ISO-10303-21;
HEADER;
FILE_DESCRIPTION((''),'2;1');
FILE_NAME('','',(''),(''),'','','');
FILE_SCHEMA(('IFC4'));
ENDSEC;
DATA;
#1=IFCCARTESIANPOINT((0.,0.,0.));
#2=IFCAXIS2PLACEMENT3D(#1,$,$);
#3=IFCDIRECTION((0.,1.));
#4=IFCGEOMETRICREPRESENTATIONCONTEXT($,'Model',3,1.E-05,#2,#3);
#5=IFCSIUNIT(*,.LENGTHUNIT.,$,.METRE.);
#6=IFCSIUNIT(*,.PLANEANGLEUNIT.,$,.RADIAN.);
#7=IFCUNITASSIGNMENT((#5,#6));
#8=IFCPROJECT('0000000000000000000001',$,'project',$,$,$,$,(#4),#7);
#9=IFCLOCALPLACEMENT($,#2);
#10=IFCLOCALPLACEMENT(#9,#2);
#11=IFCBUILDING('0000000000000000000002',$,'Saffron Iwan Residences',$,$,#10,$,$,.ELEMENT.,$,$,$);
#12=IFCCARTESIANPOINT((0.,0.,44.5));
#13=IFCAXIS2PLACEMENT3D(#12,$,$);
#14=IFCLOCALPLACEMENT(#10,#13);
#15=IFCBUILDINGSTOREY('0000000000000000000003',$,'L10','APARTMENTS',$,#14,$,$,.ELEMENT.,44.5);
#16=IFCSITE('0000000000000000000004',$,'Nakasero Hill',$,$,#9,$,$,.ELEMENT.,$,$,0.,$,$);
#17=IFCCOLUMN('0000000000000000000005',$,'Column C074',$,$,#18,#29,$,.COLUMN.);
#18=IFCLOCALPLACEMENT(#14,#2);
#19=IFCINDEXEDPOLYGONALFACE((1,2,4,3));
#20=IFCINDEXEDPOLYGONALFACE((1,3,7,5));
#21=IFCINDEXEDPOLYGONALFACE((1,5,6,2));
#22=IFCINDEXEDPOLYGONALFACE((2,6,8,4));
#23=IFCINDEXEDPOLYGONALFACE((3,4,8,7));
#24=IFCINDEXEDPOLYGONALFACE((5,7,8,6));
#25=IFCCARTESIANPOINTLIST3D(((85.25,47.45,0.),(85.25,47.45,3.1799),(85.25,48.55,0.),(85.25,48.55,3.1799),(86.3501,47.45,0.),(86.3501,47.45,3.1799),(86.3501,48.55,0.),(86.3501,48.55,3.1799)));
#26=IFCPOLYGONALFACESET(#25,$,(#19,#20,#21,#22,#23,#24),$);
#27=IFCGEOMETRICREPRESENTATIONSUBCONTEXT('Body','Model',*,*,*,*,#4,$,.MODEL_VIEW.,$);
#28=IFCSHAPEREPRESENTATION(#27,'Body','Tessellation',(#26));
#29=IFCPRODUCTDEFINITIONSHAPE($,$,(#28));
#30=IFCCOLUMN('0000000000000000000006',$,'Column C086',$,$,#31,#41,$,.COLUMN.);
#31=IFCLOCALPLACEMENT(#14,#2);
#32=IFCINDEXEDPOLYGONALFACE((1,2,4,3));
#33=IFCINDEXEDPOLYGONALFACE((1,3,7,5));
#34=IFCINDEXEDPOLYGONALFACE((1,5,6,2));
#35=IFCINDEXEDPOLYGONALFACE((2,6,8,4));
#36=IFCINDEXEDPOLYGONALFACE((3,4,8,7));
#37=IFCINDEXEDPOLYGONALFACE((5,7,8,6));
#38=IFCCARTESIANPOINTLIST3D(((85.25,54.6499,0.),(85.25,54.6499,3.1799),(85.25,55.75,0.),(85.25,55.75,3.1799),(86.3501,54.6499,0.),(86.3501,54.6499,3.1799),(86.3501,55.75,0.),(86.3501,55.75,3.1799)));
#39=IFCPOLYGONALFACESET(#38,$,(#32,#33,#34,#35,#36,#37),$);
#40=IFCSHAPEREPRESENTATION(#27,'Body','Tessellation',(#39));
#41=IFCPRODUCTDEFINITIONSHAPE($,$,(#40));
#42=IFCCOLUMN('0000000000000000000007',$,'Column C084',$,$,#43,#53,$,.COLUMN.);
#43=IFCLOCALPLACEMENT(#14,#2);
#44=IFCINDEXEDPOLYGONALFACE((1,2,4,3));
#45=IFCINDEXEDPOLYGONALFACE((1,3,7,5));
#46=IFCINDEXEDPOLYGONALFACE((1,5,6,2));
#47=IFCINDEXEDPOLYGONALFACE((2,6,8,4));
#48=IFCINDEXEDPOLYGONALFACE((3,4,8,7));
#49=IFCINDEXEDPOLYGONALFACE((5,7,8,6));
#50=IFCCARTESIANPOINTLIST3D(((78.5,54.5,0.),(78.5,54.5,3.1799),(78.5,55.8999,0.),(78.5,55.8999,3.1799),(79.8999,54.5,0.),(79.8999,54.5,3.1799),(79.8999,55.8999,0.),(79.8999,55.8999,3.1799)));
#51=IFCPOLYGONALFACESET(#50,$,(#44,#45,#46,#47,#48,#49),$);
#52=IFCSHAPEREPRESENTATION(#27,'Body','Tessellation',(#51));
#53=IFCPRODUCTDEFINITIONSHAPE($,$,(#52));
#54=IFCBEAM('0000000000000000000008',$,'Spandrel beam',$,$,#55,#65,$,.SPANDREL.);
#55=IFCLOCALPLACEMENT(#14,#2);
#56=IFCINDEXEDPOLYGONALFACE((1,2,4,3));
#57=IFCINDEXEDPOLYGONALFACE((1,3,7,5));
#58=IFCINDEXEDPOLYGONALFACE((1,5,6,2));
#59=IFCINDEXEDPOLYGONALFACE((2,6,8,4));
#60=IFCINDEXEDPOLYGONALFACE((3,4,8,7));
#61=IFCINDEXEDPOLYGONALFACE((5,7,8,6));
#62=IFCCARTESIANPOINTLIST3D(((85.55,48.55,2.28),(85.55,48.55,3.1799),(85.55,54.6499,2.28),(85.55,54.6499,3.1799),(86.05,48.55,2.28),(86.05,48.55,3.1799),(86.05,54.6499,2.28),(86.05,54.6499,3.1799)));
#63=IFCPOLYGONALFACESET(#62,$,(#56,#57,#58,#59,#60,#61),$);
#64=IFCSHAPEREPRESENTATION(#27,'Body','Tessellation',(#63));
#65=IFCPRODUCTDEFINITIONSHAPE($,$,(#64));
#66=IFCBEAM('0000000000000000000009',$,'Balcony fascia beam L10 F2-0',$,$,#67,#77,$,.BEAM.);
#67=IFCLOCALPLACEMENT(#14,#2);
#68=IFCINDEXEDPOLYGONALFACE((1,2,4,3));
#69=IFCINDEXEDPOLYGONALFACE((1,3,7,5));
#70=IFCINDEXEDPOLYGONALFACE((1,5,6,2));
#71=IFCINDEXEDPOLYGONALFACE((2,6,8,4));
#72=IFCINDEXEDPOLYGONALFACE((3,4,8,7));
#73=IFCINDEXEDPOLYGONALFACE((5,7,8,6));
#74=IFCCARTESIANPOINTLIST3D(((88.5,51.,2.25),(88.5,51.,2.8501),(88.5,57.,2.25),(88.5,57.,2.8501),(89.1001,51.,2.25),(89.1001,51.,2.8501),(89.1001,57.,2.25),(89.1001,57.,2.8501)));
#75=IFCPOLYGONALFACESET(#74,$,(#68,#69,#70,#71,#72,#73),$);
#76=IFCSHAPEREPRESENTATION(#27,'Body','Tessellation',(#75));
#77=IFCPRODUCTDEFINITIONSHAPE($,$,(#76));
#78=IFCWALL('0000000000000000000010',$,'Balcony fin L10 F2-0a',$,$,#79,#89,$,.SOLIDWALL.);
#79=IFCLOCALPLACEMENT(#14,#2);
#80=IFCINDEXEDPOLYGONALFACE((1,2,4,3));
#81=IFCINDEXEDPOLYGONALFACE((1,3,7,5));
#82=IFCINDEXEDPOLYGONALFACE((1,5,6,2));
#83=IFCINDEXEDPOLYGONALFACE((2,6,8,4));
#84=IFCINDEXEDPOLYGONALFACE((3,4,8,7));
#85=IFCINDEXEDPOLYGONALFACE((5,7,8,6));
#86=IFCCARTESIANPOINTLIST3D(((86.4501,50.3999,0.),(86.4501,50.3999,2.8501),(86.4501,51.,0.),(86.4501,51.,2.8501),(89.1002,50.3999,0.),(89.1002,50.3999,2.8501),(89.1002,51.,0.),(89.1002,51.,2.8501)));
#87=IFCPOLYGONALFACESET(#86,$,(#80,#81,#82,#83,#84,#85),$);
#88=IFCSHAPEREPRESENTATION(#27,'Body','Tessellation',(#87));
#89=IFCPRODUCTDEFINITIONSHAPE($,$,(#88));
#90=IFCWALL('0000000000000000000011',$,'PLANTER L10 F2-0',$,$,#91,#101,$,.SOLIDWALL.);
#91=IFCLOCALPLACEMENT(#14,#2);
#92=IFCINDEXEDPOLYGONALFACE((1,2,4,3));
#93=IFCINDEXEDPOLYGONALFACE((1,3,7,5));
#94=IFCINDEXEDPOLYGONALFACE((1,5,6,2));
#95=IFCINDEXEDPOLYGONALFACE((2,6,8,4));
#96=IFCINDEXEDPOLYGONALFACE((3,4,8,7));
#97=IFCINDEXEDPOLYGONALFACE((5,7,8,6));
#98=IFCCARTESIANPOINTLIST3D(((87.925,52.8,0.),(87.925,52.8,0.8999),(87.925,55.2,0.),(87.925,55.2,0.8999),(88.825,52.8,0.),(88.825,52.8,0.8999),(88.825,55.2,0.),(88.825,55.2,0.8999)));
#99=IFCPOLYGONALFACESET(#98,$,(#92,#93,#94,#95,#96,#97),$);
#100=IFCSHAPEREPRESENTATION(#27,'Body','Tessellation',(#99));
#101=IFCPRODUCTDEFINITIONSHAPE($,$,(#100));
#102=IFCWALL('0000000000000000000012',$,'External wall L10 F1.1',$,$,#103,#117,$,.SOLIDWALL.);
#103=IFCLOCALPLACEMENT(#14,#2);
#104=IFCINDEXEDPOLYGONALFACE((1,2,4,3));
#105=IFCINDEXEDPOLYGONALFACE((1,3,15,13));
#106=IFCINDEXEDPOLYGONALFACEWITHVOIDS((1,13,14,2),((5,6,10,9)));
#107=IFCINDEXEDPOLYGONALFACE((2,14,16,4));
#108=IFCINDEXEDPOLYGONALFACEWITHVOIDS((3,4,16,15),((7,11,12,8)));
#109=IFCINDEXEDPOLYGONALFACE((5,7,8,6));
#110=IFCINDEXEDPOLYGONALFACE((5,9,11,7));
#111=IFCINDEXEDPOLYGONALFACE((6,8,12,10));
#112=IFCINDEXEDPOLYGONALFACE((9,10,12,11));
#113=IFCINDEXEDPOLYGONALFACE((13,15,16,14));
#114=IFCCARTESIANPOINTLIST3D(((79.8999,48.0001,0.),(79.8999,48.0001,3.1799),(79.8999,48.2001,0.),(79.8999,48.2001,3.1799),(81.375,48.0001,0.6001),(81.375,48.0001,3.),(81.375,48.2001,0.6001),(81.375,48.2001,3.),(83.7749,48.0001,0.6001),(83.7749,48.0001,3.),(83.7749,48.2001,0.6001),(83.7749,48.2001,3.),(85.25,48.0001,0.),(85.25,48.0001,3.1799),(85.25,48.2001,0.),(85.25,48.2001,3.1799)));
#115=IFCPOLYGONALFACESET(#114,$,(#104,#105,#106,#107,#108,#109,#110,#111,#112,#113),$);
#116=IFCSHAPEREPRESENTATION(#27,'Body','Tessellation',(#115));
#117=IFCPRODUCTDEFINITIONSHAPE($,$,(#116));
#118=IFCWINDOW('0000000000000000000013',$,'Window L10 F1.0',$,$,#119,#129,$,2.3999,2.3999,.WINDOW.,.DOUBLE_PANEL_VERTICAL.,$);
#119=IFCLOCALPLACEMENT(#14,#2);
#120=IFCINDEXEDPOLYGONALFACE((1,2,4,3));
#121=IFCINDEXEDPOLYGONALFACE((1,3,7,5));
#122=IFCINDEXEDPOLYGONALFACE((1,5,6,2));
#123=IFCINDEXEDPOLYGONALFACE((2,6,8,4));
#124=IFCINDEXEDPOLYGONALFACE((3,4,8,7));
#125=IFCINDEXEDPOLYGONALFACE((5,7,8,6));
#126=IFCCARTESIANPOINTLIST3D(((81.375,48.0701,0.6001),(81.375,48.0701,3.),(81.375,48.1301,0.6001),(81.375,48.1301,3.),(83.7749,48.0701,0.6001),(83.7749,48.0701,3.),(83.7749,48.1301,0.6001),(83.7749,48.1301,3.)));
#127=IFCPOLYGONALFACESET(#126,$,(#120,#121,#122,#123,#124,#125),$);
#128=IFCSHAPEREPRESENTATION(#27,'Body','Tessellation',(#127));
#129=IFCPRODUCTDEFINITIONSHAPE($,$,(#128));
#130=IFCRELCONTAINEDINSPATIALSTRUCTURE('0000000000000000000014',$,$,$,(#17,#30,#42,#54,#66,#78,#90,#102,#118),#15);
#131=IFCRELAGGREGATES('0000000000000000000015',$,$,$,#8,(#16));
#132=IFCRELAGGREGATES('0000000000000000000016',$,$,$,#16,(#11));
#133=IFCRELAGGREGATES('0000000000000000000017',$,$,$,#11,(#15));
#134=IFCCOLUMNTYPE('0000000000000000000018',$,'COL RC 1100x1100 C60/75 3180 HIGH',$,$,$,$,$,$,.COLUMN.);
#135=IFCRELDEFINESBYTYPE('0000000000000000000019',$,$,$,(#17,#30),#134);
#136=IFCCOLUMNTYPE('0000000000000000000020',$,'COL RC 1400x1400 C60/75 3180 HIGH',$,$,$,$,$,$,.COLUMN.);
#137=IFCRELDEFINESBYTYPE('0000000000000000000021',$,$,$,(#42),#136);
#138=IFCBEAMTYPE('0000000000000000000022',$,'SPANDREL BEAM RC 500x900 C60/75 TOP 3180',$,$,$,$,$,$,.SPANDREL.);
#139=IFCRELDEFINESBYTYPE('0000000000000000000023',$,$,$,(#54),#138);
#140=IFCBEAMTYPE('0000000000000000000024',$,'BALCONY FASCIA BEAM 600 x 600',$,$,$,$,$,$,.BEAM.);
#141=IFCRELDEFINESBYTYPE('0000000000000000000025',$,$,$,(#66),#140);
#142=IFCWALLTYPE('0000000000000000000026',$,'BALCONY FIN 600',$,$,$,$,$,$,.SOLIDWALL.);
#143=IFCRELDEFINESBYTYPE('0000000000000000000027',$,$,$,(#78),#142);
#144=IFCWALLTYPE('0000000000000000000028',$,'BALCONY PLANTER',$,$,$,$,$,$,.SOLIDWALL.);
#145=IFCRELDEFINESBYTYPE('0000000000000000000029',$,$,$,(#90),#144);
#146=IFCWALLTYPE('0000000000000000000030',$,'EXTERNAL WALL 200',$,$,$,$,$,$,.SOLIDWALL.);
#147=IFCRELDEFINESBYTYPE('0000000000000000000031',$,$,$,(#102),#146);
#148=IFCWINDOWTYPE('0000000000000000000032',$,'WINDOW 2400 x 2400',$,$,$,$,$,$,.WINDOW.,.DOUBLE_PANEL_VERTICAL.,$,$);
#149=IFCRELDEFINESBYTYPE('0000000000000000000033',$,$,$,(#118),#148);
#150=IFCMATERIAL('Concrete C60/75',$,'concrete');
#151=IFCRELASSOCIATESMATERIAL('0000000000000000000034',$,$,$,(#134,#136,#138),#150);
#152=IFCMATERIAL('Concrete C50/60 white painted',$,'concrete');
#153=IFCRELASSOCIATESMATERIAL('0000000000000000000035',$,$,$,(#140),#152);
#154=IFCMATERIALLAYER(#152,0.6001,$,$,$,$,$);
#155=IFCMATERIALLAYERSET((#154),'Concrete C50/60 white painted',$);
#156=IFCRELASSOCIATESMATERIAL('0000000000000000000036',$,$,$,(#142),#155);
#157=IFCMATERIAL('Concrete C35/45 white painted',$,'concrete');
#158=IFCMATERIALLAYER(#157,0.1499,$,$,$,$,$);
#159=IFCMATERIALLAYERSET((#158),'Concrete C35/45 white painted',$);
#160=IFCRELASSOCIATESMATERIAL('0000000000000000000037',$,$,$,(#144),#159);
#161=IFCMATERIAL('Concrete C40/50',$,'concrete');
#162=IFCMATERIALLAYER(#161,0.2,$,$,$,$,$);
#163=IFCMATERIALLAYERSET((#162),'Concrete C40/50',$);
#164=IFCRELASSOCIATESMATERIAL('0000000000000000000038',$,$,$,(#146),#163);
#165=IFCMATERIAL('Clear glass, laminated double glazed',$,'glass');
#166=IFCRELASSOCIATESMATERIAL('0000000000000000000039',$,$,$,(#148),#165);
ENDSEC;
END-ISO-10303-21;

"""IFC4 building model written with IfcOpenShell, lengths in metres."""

from ifc_helpers import new_model, si_unit, direction, frame, frame_2d, origin, origin_2d, place, context, subcontext, project, spatial, rectangle, extrude, source, transform, mapped, material, layer, layer_set, material_profile, profile_set, type_object, element, fill, save


model = new_model("IFC4")

# Units and contexts
model_context = context("Model", 3, precision=1e-05, world=origin(), true_north=direction((0.0, 1.0)))
body_context = subcontext(model_context, "Body", "Model", "MODEL_VIEW")
ifc_project = project(units=[si_unit("LENGTHUNIT", "METRE"), si_unit("PLANEANGLEUNIT", "RADIAN")], contexts=[model_context])

# Site, building, storey
site_placement = place(None, origin())
site = spatial("IfcSite", under=ifc_project, at=site_placement, Name="Nakasero Hill", CompositionType="ELEMENT", RefElevation=0.0)
building_placement = place(site_placement, origin())
building = spatial("IfcBuilding", under=site, at=building_placement, Name="Saffron Iwan Residences", CompositionType="ELEMENT")
storey_placement = place(building_placement, frame((0.0, 0.0, 44.5)))
storey = spatial("IfcBuildingStorey", under=building, at=storey_placement, Name="L10", Description="APARTMENTS", CompositionType="ELEMENT", Elevation=44.5)

# Columns
ifc_material_1 = material(Name="Concrete C60/75", Category="concrete")
ifc_material_profile_1 = material_profile(ifc_material_1, rectangle(XDim=1.1001, YDim=1.1001, at=origin_2d()), Name="RC 1100x1100")
ifc_profile_set_1 = profile_set([ifc_material_profile_1], Name="Concrete C60/75")
column_type_1 = type_object("IfcColumnType", Name="COL RC 1100x1100 C60/75 3180 HIGH", PredefinedType="COLUMN", material=ifc_profile_set_1)
shared_shape_1 = source(origin(), body_context, "Body", "SweptSolid", [
    extrude(rectangle(XDim=1.1001, YDim=1.1001, at=origin_2d()), origin(), (0.0, 0.0, 1.0), 3.1799),
])
for number, where, z_axis, x_axis, name in (
    (1, (85.8, 48.0, 0.0), (0.0, 0.0, 1.0), (1.0, 0.0, 0.0), "Column C074"),
    (2, (85.8, 55.2, 0.0), (0.0, 0.0, 1.0), (1.0, 0.0, 0.0), "Column C086"),
):
    element("IfcColumn", number, at=place(storey_placement, frame(where, z_axis=z_axis, x_axis=x_axis)), inside=storey, type_object=column_type_1, Name=name, PredefinedType="COLUMN", context=body_context, shape_type="MappedRepresentation", body=[
        mapped(shared_shape_1, transform((0.0, 0.0, 0.0))),
    ])
ifc_material_profile_2 = material_profile(ifc_material_1, rectangle(XDim=1.3999, YDim=1.3999, at=origin_2d()), Name="RC 1400x1400")
ifc_profile_set_2 = profile_set([ifc_material_profile_2], Name="Concrete C60/75")
column_type_2 = type_object("IfcColumnType", Name="COL RC 1400x1400 C60/75 3180 HIGH", PredefinedType="COLUMN", material=ifc_profile_set_2)
shared_shape_2 = source(origin(), body_context, "Body", "SweptSolid", [
    extrude(rectangle(XDim=1.3999, YDim=1.3999, at=origin_2d()), origin(), (0.0, 0.0, 1.0), 3.1799),
])
column_placement = place(storey_placement, frame((79.2, 55.2, 0.0), z_axis=(0.0, 0.0, 1.0), x_axis=(1.0, 0.0, 0.0)))
element("IfcColumn", 3, at=column_placement, inside=storey, type_object=column_type_2, Name="Column C084", PredefinedType="COLUMN", context=body_context, shape_type="MappedRepresentation", body=[
    mapped(shared_shape_2, transform((0.0, 0.0, 0.0))),
])

# Beams
ifc_material_profile_3 = material_profile(ifc_material_1, rectangle(XDim=0.5, YDim=0.8999, at=origin_2d()), Name="RC 500x900")
ifc_profile_set_3 = profile_set([ifc_material_profile_3], Name="Concrete C60/75")
beam_type_1 = type_object("IfcBeamType", Name="SPANDREL BEAM RC 500x900 C60/75 TOP 3180", PredefinedType="SPANDREL", material=ifc_profile_set_3)
shared_shape_3 = source(origin(), body_context, "Body", "SweptSolid", [
    extrude(rectangle(XDim=0.5, YDim=0.8999, at=origin_2d()), origin(), (0.0, 0.0, 1.0), 6.0999),
])
beam_1_placement = place(storey_placement, frame((85.8, 54.6499, 2.73), z_axis=(0.0, -1.0, 0.0), x_axis=(1.0, 0.0, 0.0)))
element("IfcBeam", 4, at=beam_1_placement, inside=storey, type_object=beam_type_1, Name="Spandrel beam", PredefinedType="SPANDREL", context=body_context, shape_type="MappedRepresentation", body=[
    mapped(shared_shape_3, transform((0.0, 0.0, 0.0))),
])
ifc_material_2 = material(Name="Concrete C50/60 white painted", Category="concrete")
ifc_material_profile_4 = material_profile(ifc_material_2, rectangle(XDim=0.6001, YDim=0.6001, at=origin_2d()), Name="BALCONY FASCIA BEAM 600 x 600")
ifc_profile_set_4 = profile_set([ifc_material_profile_4], Name="Concrete C50/60 white painted")
beam_type_2 = type_object("IfcBeamType", Name="BALCONY FASCIA BEAM 600 x 600", PredefinedType="BEAM", material=ifc_profile_set_4)
shared_shape_4 = source(origin(), body_context, "Body", "SweptSolid", [
    extrude(rectangle(XDim=0.6001, YDim=0.6001, at=origin_2d()), origin(), (0.0, 0.0, 1.0), 6.0),
])
beam_2_placement = place(storey_placement, frame((88.8, 51.0, 2.55), z_axis=(0.0, 1.0, 0.0), x_axis=(-1.0, 0.0, 0.0)))
element("IfcBeam", 5, at=beam_2_placement, inside=storey, type_object=beam_type_2, Name="Balcony fascia beam L10 F2-0", PredefinedType="BEAM", context=body_context, shape_type="MappedRepresentation", body=[
    mapped(shared_shape_4, transform((0.0, 0.0, 0.0))),
])

# Walls
ifc_layer_1 = layer(ifc_material_2, 0.6001)
ifc_layer_set_1 = layer_set([ifc_layer_1], Name="Concrete C50/60 white painted")
wall_type_1 = type_object("IfcWallType", Name="BALCONY FIN 600", PredefinedType="SOLIDWALL", material=ifc_layer_set_1)
wall_1_placement = place(storey_placement, frame((86.45, 50.7, 0.0), z_axis=(0.0, 0.0, 1.0), x_axis=(1.0, 0.0, 0.0)))
element("IfcWall", 6, at=wall_1_placement, inside=storey, type_object=wall_type_1, Name="Balcony fin L10 F2-0a", PredefinedType="SOLIDWALL", context=body_context, shape_type="SweptSolid", body=[
    extrude(rectangle(XDim=2.6501, YDim=0.6001, at=frame_2d((1.3252, 0.0))), origin(), (0.0, 0.0, 1.0), 2.8501),
])
ifc_material_3 = material(Name="Concrete C35/45 white painted", Category="concrete")
ifc_layer_2 = layer(ifc_material_3, 0.1499)
ifc_layer_set_2 = layer_set([ifc_layer_2], Name="Concrete C35/45 white painted")
wall_type_2 = type_object("IfcWallType", Name="BALCONY PLANTER", PredefinedType="SOLIDWALL", material=ifc_layer_set_2)
wall_2_placement = place(storey_placement, frame((88.375, 52.8, 0.0), z_axis=(0.0, 0.0, 1.0), x_axis=(0.0, 1.0, 0.0)))
element("IfcWall", 7, at=wall_2_placement, inside=storey, type_object=wall_type_2, Name="PLANTER L10 F2-0", PredefinedType="SOLIDWALL", context=body_context, shape_type="SweptSolid", body=[
    extrude(rectangle(XDim=2.3999, YDim=0.8999, at=frame_2d((1.2, 0.0))), origin(), (0.0, 0.0, 1.0), 0.8999),
])

# Wall, opening, window
ifc_material_4 = material(Name="Concrete C40/50", Category="concrete")
ifc_layer_3 = layer(ifc_material_4, 0.2)
ifc_layer_set_3 = layer_set([ifc_layer_3], Name="Concrete C40/50")
wall_type_3 = type_object("IfcWallType", Name="EXTERNAL WALL 200", PredefinedType="SOLIDWALL", material=ifc_layer_set_3)
wall_3_placement = place(storey_placement, frame((79.8999, 48.1001, 0.0), z_axis=(0.0, 0.0, 1.0), x_axis=(1.0, 0.0, 0.0)))
wall_3 = element("IfcWall", 8, at=wall_3_placement, inside=storey, type_object=wall_type_3, Name="External wall L10 F1.1", PredefinedType="SOLIDWALL", context=body_context, shape_type="SweptSolid", body=[
    extrude(rectangle(XDim=5.3501, YDim=0.2, at=frame_2d((2.675, 0.0))), origin(), (0.0, 0.0, 1.0), 3.1799),
])
opening_1_placement = place(wall_3_placement, frame((1.4751, 0.0, 0.6001)))
opening_1 = element("IfcOpeningElement", 9, at=opening_1_placement, cuts=wall_3, PredefinedType="OPENING", context=body_context, shape_type="SweptSolid", body=[
    extrude(rectangle(XDim=2.3999, YDim=2.3999, at=frame_2d((1.2, 1.2))), frame((0.0, 0.1099, 0.0), z_axis=(0.0, -1.0, 0.0), x_axis=(1.0, 0.0, 0.0)), (0.0, 0.0, 1.0), 0.22),
])
ifc_material_5 = material(Name="Clear glass, laminated double glazed", Category="glass")
window_type_1 = type_object("IfcWindowType", Name="WINDOW 2400 x 2400", PartitioningType="DOUBLE_PANEL_VERTICAL", PredefinedType="WINDOW", material=ifc_material_5)
window_1_placement = place(opening_1_placement, origin())
window_1 = element("IfcWindow", 10, at=window_1_placement, inside=storey, type_object=window_type_1, Name="Window L10 F1.0", OverallHeight=2.3999, OverallWidth=2.3999, PartitioningType="DOUBLE_PANEL_VERTICAL", PredefinedType="WINDOW", context=body_context, shape_type="SweptSolid", body=[
    extrude(rectangle(XDim=2.3999, YDim=2.3999, at=frame_2d((1.2, 1.2))), frame((0.0, 0.03, 0.0), z_axis=(0.0, -1.0, 0.0), x_axis=(1.0, 0.0, 0.0)), (0.0, 0.0, 1.0), 0.0601),
])
fill(opening_1, window_1)

save(model, "model.ifc")
